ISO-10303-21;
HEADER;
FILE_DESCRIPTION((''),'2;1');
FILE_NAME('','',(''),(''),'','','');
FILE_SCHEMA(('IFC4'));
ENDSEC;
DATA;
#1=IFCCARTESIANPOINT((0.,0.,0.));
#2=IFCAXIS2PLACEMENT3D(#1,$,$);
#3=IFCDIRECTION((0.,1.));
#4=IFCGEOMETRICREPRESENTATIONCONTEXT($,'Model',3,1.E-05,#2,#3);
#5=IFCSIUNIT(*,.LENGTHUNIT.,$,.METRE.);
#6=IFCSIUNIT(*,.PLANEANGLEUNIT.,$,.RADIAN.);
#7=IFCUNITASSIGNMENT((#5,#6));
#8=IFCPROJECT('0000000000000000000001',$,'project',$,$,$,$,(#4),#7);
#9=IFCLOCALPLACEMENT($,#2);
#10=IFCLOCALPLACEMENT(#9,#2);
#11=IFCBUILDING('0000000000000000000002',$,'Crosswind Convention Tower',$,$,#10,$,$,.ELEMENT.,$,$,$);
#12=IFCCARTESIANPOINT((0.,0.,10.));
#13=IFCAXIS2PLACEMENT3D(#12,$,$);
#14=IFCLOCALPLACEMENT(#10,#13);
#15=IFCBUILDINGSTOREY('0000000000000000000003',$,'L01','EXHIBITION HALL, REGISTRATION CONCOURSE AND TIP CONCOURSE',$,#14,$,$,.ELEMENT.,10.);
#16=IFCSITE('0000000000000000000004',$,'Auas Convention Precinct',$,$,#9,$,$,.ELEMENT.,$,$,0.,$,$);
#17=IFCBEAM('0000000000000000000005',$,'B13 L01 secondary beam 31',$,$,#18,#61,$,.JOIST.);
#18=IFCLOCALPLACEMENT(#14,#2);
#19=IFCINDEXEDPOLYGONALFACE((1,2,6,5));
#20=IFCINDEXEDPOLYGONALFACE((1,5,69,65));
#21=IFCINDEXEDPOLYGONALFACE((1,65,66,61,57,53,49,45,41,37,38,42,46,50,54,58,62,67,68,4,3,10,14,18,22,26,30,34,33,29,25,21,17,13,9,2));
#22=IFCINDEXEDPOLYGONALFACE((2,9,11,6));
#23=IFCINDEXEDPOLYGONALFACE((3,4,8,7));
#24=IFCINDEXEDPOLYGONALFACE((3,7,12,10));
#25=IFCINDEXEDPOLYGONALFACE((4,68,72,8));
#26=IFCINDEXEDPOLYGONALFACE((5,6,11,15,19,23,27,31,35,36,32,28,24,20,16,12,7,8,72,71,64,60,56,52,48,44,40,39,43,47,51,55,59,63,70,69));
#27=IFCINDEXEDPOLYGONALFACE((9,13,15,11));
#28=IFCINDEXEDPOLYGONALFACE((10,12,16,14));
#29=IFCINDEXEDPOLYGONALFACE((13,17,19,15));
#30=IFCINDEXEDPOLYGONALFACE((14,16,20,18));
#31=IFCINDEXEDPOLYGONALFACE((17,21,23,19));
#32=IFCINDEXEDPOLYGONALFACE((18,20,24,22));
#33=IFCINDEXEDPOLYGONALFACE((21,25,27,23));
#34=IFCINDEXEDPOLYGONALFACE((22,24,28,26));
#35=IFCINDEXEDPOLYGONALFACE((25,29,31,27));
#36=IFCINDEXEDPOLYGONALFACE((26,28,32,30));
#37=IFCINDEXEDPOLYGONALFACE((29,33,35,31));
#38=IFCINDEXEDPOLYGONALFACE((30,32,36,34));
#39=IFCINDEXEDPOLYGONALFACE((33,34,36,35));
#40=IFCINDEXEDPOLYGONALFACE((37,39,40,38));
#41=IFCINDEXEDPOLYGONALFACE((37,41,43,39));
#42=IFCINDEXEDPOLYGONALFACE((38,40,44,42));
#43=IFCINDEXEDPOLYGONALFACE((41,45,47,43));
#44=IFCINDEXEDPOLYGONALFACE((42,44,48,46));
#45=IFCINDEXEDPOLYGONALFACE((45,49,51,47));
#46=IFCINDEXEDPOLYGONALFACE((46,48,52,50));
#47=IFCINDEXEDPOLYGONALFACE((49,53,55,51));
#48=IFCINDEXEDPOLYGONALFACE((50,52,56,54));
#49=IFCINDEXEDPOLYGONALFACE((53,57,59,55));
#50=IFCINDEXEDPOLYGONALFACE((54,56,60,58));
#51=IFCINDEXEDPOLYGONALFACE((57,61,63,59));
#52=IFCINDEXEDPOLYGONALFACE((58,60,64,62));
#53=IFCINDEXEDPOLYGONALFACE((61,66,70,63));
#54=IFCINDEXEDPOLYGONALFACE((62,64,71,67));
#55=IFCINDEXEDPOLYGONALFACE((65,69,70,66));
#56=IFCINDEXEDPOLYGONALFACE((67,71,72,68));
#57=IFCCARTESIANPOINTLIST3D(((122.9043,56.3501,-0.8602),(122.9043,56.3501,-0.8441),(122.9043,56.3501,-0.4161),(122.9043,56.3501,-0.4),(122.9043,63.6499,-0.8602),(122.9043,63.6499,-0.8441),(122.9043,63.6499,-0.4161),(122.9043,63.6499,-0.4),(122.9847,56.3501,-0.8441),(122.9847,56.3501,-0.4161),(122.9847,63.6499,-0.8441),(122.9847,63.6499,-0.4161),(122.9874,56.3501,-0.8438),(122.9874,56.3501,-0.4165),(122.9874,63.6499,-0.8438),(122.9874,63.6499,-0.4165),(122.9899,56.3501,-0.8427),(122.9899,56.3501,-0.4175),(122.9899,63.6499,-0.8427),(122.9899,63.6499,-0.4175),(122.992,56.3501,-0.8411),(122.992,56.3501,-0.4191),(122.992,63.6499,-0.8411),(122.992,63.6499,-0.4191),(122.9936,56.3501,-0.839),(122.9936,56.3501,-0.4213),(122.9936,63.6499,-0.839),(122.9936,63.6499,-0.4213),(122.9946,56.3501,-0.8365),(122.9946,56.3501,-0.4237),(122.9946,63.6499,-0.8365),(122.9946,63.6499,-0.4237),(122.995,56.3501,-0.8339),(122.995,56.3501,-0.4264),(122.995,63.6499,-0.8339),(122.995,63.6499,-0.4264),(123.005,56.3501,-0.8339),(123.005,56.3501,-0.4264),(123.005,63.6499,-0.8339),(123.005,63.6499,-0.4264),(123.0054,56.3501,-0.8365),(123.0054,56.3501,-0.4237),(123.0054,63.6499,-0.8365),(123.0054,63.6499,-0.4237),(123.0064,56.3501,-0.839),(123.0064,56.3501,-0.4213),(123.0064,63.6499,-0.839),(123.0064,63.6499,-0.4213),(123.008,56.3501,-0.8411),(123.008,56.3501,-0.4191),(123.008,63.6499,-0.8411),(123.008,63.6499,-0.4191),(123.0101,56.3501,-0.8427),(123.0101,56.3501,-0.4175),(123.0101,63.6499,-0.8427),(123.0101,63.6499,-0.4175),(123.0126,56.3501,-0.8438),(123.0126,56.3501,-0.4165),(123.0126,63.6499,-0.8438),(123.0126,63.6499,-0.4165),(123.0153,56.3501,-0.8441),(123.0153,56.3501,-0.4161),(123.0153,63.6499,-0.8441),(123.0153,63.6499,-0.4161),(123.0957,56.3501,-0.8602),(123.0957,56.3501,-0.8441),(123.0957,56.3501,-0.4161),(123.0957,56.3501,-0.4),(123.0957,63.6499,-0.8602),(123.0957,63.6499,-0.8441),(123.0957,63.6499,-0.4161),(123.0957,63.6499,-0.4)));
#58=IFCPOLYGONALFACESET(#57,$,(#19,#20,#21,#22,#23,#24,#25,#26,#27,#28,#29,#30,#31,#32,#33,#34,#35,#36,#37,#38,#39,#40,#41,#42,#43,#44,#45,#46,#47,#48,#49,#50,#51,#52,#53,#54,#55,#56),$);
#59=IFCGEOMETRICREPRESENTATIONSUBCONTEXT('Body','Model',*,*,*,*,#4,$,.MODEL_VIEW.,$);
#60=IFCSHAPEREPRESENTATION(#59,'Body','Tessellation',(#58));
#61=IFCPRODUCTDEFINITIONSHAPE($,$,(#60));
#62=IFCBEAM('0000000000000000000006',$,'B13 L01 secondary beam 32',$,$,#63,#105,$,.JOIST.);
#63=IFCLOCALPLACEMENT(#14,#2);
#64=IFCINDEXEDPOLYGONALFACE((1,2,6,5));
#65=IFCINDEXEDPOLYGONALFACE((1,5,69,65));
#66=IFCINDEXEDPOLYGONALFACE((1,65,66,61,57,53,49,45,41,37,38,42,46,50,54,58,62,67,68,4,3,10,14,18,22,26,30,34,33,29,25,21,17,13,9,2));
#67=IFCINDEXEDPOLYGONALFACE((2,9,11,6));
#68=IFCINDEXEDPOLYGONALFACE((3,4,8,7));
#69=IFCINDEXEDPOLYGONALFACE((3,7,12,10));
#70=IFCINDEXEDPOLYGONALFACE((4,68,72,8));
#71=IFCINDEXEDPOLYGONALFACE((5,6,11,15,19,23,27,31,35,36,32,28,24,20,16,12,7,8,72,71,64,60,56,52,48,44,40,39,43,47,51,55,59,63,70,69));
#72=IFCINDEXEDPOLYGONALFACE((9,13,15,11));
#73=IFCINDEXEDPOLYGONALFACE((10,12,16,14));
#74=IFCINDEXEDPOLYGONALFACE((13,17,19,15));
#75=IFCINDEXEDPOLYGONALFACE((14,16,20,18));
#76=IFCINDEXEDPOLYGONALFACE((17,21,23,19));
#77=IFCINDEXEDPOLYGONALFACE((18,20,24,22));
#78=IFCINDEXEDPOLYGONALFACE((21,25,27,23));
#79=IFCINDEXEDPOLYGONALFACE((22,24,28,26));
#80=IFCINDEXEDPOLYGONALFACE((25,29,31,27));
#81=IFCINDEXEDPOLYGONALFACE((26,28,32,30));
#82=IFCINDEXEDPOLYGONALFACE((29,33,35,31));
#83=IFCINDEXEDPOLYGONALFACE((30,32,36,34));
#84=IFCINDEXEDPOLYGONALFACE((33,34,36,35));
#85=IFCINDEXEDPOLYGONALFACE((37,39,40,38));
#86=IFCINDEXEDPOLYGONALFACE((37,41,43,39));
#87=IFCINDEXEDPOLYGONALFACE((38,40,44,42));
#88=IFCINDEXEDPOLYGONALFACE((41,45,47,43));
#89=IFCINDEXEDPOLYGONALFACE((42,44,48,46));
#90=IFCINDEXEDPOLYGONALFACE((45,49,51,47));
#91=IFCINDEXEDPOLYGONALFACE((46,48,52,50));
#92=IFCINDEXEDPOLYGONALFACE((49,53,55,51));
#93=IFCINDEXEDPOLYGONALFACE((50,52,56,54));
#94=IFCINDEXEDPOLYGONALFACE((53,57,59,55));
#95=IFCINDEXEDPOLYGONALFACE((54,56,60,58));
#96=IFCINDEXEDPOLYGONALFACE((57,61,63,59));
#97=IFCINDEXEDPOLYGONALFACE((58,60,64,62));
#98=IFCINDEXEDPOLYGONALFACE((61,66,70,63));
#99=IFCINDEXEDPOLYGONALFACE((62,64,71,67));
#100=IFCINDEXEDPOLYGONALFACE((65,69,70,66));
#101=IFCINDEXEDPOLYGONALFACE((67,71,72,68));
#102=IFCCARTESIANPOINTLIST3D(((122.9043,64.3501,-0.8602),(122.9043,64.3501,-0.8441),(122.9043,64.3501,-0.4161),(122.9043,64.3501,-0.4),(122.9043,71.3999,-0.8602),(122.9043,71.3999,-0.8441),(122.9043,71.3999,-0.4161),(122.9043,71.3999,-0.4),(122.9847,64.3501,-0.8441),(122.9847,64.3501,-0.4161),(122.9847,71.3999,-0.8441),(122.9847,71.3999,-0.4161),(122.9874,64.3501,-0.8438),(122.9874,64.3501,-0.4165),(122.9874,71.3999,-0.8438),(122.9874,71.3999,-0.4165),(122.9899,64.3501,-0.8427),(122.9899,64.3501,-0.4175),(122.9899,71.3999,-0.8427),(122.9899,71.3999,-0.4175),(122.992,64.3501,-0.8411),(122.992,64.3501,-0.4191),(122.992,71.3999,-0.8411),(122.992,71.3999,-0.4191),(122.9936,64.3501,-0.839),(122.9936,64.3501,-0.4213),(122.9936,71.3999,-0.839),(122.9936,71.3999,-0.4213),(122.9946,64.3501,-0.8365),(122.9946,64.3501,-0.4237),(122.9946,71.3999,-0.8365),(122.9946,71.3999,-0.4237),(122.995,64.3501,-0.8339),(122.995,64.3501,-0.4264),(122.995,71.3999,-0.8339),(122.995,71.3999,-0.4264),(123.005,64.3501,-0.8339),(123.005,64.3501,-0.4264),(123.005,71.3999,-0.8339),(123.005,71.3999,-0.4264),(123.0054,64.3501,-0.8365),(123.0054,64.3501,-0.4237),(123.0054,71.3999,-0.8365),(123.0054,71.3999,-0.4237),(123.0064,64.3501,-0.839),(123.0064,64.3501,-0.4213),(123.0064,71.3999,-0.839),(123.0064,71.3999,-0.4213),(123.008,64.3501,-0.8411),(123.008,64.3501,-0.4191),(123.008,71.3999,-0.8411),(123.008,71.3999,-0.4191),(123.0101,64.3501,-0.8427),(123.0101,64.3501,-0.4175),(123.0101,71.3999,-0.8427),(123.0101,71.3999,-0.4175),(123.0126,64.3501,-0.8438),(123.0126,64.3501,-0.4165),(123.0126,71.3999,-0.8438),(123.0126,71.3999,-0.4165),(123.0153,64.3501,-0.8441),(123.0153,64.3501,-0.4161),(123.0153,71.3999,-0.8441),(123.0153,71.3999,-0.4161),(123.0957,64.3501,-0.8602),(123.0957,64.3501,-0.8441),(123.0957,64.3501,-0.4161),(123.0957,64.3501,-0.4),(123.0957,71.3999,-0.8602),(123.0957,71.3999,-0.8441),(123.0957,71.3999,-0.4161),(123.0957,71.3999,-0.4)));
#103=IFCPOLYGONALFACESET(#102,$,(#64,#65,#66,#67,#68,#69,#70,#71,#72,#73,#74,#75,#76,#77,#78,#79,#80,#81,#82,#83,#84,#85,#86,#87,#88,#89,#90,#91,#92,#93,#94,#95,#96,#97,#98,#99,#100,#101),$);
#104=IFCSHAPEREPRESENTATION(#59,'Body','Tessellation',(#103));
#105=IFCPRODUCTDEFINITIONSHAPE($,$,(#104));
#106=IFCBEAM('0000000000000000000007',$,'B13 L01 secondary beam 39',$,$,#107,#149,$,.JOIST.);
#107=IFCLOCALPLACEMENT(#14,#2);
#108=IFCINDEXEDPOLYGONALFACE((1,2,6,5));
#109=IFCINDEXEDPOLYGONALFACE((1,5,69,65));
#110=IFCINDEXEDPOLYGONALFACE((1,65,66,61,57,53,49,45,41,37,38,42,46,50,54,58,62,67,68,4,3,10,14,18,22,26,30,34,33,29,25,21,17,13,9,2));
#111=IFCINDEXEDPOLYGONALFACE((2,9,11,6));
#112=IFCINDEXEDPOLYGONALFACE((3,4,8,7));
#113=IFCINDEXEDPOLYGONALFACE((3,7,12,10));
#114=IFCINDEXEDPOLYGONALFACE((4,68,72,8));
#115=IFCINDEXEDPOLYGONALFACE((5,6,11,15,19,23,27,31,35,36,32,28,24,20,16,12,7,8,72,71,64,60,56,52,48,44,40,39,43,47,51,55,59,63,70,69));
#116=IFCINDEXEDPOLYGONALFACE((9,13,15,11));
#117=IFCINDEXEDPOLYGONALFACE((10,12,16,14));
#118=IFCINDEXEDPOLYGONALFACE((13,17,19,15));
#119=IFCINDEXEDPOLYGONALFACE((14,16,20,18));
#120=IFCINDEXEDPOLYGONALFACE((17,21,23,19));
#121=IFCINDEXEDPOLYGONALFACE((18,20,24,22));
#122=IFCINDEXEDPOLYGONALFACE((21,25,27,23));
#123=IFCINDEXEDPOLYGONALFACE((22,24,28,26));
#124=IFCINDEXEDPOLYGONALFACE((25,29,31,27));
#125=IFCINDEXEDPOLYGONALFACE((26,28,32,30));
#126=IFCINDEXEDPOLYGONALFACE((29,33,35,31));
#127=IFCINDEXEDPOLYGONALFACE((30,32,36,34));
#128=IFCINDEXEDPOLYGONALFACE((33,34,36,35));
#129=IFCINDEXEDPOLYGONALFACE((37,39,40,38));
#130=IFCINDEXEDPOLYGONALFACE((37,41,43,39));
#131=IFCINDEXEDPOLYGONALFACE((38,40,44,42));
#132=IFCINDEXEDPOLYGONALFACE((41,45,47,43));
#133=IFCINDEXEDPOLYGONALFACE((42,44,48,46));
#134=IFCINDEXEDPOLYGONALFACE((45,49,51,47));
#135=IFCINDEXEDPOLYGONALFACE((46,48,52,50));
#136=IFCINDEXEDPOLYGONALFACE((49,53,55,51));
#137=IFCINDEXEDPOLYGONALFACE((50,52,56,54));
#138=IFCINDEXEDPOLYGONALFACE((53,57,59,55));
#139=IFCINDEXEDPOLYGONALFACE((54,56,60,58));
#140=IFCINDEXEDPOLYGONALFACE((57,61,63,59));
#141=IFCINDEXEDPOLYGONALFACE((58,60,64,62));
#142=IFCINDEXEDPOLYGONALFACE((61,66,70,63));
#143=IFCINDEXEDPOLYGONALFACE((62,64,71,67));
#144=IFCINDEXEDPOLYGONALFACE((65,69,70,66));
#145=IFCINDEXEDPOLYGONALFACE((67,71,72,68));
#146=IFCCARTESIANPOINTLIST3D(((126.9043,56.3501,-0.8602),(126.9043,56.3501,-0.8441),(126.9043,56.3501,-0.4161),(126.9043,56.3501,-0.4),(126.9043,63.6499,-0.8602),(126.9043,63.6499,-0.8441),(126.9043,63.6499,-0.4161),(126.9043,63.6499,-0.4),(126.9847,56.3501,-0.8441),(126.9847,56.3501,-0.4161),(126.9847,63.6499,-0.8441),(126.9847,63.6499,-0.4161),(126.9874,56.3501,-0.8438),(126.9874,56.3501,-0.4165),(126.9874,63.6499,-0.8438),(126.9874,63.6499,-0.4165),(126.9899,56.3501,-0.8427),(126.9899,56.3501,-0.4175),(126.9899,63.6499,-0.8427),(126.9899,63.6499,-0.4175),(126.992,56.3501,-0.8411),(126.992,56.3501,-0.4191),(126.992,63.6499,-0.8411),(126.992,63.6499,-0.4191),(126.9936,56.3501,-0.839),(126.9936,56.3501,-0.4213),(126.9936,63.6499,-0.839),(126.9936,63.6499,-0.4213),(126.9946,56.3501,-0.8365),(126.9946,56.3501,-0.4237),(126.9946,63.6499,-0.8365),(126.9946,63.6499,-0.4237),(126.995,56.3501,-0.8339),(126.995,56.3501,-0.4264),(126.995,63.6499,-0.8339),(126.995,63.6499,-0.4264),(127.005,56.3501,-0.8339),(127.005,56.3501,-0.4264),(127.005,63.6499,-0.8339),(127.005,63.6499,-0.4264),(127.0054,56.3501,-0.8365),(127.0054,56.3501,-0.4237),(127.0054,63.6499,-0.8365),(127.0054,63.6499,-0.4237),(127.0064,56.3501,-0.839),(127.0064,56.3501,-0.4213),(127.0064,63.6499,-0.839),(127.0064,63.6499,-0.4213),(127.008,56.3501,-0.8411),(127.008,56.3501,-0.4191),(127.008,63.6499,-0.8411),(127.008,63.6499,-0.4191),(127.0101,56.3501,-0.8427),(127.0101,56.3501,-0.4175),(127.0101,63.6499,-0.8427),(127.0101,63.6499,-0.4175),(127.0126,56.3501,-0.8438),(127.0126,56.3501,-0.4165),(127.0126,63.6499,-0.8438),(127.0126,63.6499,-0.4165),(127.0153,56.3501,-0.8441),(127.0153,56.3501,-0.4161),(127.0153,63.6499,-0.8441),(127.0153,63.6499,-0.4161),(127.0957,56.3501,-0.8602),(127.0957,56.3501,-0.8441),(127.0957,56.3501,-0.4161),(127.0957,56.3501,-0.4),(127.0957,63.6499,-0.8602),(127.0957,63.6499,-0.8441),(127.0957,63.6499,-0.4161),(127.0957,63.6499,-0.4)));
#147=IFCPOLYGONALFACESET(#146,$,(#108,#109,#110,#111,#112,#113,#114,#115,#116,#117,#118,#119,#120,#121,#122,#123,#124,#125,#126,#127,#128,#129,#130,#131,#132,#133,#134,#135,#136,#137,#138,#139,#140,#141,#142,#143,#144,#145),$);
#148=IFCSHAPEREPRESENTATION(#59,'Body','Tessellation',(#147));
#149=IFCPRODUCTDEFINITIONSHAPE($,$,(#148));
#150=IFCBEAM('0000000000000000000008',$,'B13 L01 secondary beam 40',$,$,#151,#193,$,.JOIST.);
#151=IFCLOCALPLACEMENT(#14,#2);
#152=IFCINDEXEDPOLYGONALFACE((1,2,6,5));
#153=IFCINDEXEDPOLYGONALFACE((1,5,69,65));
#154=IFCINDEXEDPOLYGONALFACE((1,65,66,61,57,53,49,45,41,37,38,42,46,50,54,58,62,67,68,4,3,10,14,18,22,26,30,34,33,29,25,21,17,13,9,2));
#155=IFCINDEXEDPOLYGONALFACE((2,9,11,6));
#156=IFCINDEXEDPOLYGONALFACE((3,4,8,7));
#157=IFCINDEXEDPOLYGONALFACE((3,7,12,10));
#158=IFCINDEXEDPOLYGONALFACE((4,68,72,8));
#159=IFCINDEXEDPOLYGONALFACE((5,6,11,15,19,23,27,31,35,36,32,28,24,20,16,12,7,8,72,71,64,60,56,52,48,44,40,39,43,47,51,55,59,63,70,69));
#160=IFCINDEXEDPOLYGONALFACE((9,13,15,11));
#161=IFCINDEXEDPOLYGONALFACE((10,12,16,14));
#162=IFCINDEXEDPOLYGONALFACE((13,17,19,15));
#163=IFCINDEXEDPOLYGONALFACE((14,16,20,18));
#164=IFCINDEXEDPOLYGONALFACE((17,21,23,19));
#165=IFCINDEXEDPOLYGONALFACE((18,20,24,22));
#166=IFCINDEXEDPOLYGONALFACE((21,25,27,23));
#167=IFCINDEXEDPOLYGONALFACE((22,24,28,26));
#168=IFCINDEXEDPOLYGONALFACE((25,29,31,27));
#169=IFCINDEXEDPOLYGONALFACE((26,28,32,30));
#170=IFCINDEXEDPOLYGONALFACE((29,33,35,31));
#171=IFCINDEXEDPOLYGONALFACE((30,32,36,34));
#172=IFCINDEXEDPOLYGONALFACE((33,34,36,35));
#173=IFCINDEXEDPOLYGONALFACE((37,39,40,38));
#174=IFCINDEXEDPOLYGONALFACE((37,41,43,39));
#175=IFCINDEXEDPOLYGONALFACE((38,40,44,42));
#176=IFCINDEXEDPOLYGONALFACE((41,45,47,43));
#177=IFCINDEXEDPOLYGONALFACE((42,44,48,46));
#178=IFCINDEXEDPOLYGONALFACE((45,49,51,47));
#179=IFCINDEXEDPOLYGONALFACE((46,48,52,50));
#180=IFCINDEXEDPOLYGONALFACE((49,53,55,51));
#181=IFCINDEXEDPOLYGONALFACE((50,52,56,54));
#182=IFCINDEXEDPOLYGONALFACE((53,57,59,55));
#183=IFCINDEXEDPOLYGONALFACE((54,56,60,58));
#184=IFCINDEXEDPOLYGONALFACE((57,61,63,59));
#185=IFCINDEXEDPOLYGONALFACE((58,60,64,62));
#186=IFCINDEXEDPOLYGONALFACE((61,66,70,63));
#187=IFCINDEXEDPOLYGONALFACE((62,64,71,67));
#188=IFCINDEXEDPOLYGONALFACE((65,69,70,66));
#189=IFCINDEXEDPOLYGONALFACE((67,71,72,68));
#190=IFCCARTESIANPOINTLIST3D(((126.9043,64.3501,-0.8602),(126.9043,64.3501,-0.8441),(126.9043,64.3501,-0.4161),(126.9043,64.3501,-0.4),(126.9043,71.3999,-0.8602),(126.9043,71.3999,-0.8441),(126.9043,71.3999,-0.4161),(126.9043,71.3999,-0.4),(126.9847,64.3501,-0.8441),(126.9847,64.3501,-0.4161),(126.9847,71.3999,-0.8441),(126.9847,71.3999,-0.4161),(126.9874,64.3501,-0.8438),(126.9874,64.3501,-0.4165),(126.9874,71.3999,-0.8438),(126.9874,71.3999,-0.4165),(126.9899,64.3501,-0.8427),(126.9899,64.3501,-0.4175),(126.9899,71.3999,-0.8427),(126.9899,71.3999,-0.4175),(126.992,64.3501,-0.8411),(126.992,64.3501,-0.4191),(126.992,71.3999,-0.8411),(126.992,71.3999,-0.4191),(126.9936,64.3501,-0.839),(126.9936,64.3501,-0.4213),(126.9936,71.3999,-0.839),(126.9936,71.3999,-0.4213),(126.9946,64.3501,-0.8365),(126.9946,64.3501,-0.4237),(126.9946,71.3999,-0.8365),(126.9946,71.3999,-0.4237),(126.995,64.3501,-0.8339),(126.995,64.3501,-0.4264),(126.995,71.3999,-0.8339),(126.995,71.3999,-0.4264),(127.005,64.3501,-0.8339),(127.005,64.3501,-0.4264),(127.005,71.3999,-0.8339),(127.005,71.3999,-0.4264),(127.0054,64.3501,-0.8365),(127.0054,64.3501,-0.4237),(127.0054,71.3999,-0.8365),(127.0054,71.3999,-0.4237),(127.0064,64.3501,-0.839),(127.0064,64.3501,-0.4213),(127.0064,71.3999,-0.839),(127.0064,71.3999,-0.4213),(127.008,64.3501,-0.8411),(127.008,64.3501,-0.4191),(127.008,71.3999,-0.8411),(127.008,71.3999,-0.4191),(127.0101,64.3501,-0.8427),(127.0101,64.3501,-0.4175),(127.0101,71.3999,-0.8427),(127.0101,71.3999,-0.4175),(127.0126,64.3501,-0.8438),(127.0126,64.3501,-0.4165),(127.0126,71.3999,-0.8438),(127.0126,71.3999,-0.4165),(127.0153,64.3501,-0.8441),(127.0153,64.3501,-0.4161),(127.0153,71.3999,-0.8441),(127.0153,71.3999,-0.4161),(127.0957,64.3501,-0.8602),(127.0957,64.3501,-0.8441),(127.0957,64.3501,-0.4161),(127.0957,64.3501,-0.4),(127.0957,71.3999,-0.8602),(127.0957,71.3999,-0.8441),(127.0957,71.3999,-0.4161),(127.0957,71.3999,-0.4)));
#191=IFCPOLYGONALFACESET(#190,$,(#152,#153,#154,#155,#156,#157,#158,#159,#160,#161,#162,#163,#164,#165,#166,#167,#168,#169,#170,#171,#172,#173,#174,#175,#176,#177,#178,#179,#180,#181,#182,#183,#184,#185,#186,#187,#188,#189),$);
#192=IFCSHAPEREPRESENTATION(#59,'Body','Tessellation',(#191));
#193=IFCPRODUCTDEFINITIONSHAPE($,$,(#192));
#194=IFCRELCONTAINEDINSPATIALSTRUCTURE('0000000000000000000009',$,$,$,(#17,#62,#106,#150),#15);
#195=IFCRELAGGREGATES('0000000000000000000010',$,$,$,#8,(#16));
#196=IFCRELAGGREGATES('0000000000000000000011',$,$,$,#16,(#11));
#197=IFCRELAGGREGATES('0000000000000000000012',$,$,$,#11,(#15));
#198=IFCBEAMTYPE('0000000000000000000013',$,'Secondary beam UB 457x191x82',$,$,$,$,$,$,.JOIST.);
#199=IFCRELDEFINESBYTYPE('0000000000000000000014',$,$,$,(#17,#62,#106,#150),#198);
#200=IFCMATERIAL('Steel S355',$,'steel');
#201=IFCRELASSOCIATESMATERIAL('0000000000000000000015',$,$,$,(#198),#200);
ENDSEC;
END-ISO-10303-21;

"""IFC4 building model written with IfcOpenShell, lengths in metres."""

from ifc_helpers import new_model, si_unit, direction, frame, origin, origin_2d, place, context, subcontext, project, spatial, i_section, extrude, material, material_profile, profile_set, type_object, element, save


model = new_model("IFC4")

# Units and contexts
model_context = context("Model", 3, precision=1e-05, world=origin(), true_north=direction((0.0, 1.0)))
body_context = subcontext(model_context, "Body", "Model", "MODEL_VIEW")
ifc_project = project(units=[si_unit("LENGTHUNIT", "METRE"), si_unit("PLANEANGLEUNIT", "RADIAN")], contexts=[model_context])

# Site, building, storey
site_placement = place(None, origin())
site = spatial("IfcSite", under=ifc_project, at=site_placement, Name="Auas Convention Precinct", CompositionType="ELEMENT", RefElevation=0.0)
building_placement = place(site_placement, origin())
building = spatial("IfcBuilding", under=site, at=building_placement, Name="Crosswind Convention Tower", CompositionType="ELEMENT")
storey_placement = place(building_placement, frame((0.0, 0.0, 10.0)))
storey = spatial("IfcBuildingStorey", under=building, at=storey_placement, Name="L01", Description="EXHIBITION HALL, REGISTRATION CONCOURSE AND TIP CONCOURSE", CompositionType="ELEMENT", Elevation=10.0)

# Shared definitions
ifc_material_1 = material(Name="Steel S355", Category="steel")

# Beams
ifc_material_profile_1 = material_profile(ifc_material_1, i_section(OverallWidth=0.1914, OverallDepth=0.4602, WebThickness=0.01, FlangeThickness=0.0161, FilletRadius=0.0103, at=origin_2d()), Name="UB 457x191x82")
ifc_profile_set_1 = profile_set([ifc_material_profile_1], Name="Steel S355")
beam_type_1 = type_object("IfcBeamType", Name="Secondary beam UB 457x191x82", PredefinedType="JOIST", material=ifc_profile_set_1)
beam_1_placement = place(storey_placement, frame((123.0, 56.3501, -0.6301), z_axis=(0.0, 1.0, 0.0), x_axis=(-1.0, 0.0, 0.0)))
element("IfcBeam", 1, at=beam_1_placement, inside=storey, type_object=beam_type_1, Name="B13 L01 secondary beam 31", PredefinedType="JOIST", context=body_context, shape_type="SweptSolid", body=[
    extrude(i_section(OverallWidth=0.1914, OverallDepth=0.4602, WebThickness=0.01, FlangeThickness=0.0161, FilletRadius=0.0103, at=origin_2d()), origin(), (0.0, 0.0, 1.0), 7.2998),
])
beam_2_placement = place(storey_placement, frame((123.0, 64.3501, -0.6301), z_axis=(0.0, 1.0, 0.0), x_axis=(-1.0, 0.0, 0.0)))
element("IfcBeam", 2, at=beam_2_placement, inside=storey, type_object=beam_type_1, Name="B13 L01 secondary beam 32", PredefinedType="JOIST", context=body_context, shape_type="SweptSolid", body=[
    extrude(i_section(OverallWidth=0.1914, OverallDepth=0.4602, WebThickness=0.01, FlangeThickness=0.0161, FilletRadius=0.0103, at=origin_2d()), origin(), (0.0, 0.0, 1.0), 7.0498),
])
beam_3_placement = place(storey_placement, frame((127.0, 56.3501, -0.6301), z_axis=(0.0, 1.0, 0.0), x_axis=(-1.0, 0.0, 0.0)))
element("IfcBeam", 3, at=beam_3_placement, inside=storey, type_object=beam_type_1, Name="B13 L01 secondary beam 39", PredefinedType="JOIST", context=body_context, shape_type="SweptSolid", body=[
    extrude(i_section(OverallWidth=0.1914, OverallDepth=0.4602, WebThickness=0.01, FlangeThickness=0.0161, FilletRadius=0.0103, at=origin_2d()), origin(), (0.0, 0.0, 1.0), 7.2998),
])
beam_4_placement = place(storey_placement, frame((127.0, 64.3501, -0.6301), z_axis=(0.0, 1.0, 0.0), x_axis=(-1.0, 0.0, 0.0)))
element("IfcBeam", 4, at=beam_4_placement, inside=storey, type_object=beam_type_1, Name="B13 L01 secondary beam 40", PredefinedType="JOIST", context=body_context, shape_type="SweptSolid", body=[
    extrude(i_section(OverallWidth=0.1914, OverallDepth=0.4602, WebThickness=0.01, FlangeThickness=0.0161, FilletRadius=0.0103, at=origin_2d()), origin(), (0.0, 0.0, 1.0), 7.0498),
])

save(model, "model.ifc")
